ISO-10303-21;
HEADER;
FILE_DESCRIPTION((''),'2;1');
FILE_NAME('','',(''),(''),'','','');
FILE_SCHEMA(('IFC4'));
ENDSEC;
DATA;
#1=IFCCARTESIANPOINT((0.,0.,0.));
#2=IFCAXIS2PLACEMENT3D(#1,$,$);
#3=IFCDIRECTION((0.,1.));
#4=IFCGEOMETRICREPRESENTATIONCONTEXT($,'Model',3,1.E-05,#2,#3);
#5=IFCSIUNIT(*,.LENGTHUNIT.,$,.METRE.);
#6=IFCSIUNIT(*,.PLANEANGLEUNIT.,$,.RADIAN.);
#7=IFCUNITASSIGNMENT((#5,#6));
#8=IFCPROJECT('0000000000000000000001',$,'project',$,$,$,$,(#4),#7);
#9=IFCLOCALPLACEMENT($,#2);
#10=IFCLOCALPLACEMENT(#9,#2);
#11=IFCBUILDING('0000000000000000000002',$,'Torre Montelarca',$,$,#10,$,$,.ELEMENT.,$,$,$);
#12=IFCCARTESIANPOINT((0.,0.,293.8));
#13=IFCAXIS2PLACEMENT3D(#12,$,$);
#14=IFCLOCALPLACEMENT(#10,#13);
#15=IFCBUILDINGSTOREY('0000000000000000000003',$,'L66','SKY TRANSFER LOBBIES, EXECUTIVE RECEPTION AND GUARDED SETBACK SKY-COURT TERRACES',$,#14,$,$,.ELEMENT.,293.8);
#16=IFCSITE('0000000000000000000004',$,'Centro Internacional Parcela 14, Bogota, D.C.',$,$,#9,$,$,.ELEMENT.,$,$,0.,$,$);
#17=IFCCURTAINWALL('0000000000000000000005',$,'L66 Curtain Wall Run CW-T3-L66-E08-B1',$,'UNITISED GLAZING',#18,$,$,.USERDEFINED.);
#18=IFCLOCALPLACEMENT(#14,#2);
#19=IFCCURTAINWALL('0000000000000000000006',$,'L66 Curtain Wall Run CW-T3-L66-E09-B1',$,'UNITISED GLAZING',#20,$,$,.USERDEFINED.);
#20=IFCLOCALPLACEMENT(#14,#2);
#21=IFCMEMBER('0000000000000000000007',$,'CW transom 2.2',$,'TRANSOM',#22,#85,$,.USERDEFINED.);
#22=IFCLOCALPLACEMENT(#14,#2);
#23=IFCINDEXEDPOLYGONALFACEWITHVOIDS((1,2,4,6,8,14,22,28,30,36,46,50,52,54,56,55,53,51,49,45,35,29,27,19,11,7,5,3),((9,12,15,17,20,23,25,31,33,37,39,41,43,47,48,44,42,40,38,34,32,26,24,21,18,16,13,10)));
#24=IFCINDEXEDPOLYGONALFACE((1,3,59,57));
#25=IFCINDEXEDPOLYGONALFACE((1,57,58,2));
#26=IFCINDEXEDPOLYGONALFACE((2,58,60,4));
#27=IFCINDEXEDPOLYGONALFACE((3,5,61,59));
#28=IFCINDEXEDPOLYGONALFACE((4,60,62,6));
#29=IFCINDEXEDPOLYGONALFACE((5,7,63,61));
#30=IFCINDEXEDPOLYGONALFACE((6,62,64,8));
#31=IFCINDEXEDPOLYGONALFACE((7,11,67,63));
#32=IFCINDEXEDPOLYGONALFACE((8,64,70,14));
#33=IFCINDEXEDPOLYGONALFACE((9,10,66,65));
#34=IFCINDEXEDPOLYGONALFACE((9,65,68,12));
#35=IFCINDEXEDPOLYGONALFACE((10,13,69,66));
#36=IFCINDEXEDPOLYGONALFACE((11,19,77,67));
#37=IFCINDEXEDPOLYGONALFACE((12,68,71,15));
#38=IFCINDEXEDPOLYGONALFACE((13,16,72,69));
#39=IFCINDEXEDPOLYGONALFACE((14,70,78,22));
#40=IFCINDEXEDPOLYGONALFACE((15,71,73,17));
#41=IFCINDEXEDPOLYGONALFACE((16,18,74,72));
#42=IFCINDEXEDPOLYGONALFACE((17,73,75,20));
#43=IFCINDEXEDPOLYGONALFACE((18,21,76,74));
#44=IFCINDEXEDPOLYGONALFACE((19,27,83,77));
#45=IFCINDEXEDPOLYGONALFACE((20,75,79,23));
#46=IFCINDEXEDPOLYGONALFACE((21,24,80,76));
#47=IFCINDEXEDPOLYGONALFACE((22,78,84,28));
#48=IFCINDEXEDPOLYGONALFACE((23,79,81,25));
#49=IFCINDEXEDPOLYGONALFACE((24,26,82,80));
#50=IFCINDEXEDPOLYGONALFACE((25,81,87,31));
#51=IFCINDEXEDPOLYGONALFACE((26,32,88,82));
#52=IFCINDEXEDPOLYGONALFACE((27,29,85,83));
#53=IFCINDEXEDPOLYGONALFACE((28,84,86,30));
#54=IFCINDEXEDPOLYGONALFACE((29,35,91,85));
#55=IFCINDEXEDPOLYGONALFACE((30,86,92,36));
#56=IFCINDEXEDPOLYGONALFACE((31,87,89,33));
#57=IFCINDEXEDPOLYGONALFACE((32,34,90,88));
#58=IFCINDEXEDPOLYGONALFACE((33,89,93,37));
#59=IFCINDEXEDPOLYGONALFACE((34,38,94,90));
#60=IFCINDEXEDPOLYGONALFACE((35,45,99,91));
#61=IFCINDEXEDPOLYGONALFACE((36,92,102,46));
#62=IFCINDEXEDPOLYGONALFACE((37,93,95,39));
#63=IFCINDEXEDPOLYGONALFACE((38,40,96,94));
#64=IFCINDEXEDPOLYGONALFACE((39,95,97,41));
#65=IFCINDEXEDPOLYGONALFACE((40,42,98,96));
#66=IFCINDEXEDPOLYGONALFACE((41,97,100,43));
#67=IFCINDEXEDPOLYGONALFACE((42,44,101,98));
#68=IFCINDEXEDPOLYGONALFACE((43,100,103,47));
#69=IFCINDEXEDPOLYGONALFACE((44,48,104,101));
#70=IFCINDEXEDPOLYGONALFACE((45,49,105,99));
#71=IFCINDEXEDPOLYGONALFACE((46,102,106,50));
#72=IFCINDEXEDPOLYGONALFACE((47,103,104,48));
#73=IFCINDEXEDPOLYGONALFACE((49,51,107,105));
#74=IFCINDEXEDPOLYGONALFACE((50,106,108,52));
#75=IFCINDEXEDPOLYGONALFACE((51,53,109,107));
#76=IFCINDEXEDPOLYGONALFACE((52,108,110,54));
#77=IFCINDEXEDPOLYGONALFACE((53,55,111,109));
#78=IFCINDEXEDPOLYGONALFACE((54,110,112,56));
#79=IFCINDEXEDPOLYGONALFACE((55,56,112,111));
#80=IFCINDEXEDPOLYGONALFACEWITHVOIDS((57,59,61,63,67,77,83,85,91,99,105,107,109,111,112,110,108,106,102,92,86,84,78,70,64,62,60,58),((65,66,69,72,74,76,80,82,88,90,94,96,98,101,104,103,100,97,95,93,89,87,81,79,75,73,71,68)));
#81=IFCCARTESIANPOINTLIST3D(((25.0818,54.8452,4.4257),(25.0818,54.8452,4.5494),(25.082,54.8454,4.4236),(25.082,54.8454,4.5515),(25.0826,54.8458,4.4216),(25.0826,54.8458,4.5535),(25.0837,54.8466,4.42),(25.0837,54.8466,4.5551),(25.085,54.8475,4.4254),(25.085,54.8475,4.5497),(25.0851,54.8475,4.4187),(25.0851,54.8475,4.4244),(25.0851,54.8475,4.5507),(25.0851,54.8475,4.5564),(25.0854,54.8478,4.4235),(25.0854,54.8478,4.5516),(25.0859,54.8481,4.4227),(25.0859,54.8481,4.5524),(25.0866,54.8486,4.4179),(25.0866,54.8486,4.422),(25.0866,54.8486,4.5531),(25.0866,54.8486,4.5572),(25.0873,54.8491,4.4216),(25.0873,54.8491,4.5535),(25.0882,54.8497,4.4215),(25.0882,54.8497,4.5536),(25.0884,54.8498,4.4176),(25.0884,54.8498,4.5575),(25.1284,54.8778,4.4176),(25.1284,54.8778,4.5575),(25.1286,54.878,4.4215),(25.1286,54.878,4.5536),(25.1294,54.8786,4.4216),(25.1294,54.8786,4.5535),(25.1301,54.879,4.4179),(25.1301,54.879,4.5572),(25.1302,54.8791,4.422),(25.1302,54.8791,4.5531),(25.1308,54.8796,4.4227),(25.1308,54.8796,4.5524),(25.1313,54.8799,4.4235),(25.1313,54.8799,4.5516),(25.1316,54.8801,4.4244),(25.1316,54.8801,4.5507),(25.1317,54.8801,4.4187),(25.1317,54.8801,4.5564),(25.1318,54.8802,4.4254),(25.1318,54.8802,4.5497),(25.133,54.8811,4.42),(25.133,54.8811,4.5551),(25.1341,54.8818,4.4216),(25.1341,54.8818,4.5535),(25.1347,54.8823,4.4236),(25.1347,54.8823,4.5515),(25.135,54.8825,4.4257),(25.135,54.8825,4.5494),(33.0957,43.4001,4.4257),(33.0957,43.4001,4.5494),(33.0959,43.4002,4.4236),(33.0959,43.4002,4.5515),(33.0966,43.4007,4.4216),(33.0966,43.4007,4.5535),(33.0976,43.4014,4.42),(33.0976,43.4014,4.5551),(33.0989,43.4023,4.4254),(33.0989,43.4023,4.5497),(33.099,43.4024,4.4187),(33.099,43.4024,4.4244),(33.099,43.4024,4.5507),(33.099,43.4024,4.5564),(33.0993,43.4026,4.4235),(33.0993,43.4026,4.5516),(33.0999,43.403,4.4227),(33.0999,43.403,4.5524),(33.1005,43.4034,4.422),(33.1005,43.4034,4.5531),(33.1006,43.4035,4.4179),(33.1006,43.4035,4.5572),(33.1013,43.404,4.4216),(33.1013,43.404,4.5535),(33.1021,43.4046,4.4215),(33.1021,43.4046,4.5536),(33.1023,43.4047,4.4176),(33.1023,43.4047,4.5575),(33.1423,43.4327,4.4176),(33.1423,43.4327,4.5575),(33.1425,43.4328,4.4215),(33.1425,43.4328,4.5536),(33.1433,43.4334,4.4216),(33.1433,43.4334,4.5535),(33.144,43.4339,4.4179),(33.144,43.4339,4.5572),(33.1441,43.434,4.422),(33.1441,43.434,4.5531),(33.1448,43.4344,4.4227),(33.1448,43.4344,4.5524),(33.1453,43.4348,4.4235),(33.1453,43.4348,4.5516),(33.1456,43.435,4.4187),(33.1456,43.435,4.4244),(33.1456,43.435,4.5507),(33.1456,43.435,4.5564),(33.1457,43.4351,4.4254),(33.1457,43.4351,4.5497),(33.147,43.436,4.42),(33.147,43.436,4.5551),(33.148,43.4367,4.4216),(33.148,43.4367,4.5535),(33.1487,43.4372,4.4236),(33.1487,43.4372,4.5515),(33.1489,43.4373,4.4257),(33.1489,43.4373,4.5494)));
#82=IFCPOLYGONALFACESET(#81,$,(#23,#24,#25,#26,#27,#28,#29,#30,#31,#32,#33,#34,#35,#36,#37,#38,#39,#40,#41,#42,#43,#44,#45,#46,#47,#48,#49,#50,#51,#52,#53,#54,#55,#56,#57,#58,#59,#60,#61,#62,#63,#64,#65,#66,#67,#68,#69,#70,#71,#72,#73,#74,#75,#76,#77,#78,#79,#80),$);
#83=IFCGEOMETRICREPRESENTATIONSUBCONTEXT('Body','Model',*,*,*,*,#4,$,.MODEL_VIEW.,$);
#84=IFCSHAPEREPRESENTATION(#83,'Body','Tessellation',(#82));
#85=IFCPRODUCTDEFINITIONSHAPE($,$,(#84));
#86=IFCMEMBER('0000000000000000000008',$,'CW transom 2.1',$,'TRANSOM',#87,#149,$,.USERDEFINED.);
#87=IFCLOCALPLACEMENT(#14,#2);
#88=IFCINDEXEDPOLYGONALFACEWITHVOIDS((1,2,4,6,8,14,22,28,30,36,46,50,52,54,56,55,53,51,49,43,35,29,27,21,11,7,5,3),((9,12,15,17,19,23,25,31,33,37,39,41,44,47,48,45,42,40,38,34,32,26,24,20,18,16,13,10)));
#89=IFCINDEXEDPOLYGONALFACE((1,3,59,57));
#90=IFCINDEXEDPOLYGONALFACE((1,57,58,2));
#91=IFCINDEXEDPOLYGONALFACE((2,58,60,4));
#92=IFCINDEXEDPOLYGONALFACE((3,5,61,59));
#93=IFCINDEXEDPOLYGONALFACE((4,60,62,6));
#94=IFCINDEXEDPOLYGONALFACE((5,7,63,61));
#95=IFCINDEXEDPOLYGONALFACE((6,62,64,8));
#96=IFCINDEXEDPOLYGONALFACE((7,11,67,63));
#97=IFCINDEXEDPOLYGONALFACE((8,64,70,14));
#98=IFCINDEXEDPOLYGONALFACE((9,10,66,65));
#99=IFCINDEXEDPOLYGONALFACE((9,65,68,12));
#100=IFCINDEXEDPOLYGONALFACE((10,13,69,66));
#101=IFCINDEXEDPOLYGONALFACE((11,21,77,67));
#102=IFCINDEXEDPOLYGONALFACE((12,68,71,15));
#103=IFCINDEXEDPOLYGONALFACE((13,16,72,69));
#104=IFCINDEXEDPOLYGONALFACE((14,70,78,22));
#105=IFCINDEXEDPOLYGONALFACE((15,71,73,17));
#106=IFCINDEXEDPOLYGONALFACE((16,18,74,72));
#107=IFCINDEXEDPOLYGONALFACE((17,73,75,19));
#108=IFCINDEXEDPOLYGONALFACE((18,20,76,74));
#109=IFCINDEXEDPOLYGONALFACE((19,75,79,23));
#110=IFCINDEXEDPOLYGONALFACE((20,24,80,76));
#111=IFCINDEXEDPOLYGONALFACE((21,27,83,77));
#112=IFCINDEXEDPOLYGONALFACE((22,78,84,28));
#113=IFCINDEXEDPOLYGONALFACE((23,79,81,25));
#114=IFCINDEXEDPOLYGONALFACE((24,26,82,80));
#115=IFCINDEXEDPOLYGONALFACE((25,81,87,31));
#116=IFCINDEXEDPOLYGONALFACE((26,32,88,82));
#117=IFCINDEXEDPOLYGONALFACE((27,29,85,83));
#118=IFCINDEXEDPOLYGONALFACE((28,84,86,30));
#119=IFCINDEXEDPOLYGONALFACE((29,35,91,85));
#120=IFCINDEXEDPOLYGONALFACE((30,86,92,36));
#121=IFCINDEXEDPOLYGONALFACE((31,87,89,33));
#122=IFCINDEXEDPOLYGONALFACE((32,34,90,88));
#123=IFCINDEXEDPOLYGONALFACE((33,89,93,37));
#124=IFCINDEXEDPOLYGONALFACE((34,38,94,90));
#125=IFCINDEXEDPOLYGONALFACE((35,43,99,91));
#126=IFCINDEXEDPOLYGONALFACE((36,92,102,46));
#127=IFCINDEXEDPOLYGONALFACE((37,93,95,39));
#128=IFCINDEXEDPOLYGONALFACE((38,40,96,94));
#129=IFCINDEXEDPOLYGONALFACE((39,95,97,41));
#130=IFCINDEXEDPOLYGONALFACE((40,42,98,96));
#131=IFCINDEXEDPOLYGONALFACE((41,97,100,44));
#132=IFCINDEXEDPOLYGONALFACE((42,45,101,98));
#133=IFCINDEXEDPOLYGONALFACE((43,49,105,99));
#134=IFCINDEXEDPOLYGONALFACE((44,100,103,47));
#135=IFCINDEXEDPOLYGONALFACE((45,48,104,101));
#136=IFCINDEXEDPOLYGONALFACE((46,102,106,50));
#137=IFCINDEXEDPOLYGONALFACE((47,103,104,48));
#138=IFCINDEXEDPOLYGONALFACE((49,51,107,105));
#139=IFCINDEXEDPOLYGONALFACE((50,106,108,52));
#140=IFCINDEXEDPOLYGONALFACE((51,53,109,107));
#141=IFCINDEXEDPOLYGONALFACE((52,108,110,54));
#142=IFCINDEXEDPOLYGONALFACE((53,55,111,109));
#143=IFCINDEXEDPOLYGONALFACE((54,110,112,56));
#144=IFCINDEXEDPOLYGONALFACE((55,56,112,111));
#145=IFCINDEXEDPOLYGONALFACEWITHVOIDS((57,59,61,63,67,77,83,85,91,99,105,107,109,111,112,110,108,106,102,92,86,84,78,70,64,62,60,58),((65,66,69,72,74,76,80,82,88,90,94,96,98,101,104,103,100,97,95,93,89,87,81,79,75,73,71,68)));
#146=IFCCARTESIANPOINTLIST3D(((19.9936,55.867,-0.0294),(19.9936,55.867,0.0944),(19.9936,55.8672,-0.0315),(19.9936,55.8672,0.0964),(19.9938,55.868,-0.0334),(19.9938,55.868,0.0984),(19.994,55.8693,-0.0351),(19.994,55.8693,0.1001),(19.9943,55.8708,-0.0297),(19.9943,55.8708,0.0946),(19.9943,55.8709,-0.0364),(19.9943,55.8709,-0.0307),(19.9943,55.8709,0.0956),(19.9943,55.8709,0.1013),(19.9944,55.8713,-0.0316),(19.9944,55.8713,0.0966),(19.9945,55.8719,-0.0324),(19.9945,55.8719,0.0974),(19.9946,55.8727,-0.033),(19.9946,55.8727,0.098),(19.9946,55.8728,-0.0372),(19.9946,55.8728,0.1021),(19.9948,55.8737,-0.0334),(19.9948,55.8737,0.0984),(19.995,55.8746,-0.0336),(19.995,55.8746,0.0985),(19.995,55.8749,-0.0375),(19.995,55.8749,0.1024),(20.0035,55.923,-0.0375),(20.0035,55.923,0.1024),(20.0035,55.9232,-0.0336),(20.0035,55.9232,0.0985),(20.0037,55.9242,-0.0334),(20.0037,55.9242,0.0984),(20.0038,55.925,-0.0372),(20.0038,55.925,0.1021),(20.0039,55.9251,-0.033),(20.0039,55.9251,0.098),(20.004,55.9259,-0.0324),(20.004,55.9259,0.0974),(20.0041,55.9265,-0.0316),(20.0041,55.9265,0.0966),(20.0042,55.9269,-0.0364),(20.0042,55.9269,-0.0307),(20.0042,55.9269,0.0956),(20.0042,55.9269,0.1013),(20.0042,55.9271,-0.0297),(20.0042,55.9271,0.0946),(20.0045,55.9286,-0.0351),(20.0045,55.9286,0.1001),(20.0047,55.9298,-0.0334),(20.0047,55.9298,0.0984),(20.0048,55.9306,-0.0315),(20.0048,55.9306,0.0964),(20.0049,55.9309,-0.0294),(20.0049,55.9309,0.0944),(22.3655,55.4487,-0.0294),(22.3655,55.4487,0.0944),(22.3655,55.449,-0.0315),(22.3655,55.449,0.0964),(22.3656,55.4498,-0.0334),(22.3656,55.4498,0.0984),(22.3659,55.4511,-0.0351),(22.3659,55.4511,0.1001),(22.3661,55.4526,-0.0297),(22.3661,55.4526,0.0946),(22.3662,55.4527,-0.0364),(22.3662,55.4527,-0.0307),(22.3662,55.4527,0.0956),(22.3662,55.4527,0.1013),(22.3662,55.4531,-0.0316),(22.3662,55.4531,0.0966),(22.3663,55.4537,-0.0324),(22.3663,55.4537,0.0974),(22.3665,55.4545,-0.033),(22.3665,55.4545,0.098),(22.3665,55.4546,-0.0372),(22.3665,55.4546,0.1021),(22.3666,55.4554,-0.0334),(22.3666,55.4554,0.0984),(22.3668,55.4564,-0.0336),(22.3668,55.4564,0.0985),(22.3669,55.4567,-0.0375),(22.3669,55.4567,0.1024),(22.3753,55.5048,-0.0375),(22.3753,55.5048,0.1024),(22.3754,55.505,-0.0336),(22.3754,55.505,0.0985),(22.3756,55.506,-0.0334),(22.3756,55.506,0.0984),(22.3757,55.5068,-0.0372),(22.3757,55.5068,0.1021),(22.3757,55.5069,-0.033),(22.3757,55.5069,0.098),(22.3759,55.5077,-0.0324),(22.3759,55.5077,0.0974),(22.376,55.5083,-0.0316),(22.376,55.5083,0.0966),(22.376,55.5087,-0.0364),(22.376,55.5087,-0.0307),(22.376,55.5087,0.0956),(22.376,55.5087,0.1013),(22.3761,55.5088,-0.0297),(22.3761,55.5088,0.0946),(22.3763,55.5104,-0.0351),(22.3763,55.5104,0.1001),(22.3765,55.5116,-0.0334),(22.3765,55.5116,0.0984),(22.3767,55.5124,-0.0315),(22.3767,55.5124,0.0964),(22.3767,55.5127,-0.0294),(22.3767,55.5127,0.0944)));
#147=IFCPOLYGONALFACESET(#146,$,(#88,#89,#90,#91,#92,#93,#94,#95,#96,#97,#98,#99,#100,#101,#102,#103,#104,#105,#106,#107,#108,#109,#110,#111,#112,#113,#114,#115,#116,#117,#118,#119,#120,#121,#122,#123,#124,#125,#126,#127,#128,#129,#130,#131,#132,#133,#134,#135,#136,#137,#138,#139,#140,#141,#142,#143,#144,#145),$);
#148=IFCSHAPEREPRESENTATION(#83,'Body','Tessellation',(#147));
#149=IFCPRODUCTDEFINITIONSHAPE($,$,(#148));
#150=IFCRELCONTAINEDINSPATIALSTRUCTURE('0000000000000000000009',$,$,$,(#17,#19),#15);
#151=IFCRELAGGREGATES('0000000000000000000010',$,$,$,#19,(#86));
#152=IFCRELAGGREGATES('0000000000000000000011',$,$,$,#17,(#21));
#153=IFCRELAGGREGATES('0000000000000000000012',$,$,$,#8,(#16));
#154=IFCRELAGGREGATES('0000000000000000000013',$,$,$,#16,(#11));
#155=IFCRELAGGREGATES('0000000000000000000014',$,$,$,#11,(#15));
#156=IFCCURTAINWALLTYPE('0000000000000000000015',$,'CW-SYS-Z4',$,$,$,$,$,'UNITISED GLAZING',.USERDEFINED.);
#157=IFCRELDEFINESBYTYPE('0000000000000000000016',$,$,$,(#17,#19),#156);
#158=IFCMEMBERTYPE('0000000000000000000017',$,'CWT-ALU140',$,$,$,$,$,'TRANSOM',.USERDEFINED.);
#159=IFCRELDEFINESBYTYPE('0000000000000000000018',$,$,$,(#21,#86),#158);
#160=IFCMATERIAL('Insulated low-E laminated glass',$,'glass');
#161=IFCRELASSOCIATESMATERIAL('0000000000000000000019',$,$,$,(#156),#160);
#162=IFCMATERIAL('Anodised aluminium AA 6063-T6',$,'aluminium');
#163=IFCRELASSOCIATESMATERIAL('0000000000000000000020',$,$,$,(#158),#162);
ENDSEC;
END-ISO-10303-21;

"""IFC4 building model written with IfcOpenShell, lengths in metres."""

from ifc_helpers import new_model, si_unit, direction, frame, origin, origin_2d, place, context, subcontext, project, spatial, hollow_rectangle, extrude, source, transform, mapped, material, material_profile, profile_set, type_object, element, aggregate, save


model = new_model("IFC4")

# Units and contexts
model_context = context("Model", 3, precision=1e-05, world=origin(), true_north=direction((0.0, 1.0)))
body_context = subcontext(model_context, "Body", "Model", "MODEL_VIEW")
ifc_project = project(units=[si_unit("LENGTHUNIT", "METRE"), si_unit("PLANEANGLEUNIT", "RADIAN")], contexts=[model_context])

# Site, building, storey
site_placement = place(None, origin())
site = spatial("IfcSite", under=ifc_project, at=site_placement, Name="Centro Internacional Parcela 14, Bogota, D.C.", CompositionType="ELEMENT", RefElevation=0.0)
building_placement = place(site_placement, origin())
building = spatial("IfcBuilding", under=site, at=building_placement, Name="Torre Montelarca", CompositionType="ELEMENT")
storey_placement = place(building_placement, frame((0.0, 0.0, 293.8)))
storey = spatial("IfcBuildingStorey", under=building, at=storey_placement, Name="L66", Description="SKY TRANSFER LOBBIES, EXECUTIVE RECEPTION AND GUARDED SETBACK SKY-COURT TERRACES", CompositionType="ELEMENT", Elevation=293.8)

# Curtain walls
ifc_material_1 = material(Name="Insulated low-E laminated glass", Category="glass")
curtain_wall_type = type_object("IfcCurtainWallType", Name="CW-SYS-Z4", ElementType="UNITISED GLAZING", PredefinedType="USERDEFINED", material=ifc_material_1)
curtain_wall_1_placement = place(storey_placement, origin())
curtain_wall_1 = element("IfcCurtainWall", 1, at=curtain_wall_1_placement, inside=storey, type_object=curtain_wall_type, Name="L66 Curtain Wall Run CW-T3-L66-E08-B1", ObjectType="UNITISED GLAZING", PredefinedType="USERDEFINED")
ifc_material_2 = material(Name="Anodised aluminium AA 6063-T6", Category="aluminium")
curtain_wall_2_placement = place(storey_placement, origin())
curtain_wall_2 = element("IfcCurtainWall", 2, at=curtain_wall_2_placement, inside=storey, type_object=curtain_wall_type, Name="L66 Curtain Wall Run CW-T3-L66-E09-B1", ObjectType="UNITISED GLAZING", PredefinedType="USERDEFINED")

# Members
ifc_material_profile_1 = material_profile(ifc_material_2, hollow_rectangle(XDim=0.0649, YDim=0.1399, WallThickness=0.0039, InnerFilletRadius=0.0039, OuterFilletRadius=0.0081, at=origin_2d()), Name="ALU65X140X4", Category="aluminium")
ifc_profile_set_1 = profile_set([ifc_material_profile_1], Name="Anodised aluminium AA 6063-T6")
member_type_1 = type_object("IfcMemberType", Name="CWT-ALU140", ElementType="TRANSOM", PredefinedType="USERDEFINED", material=ifc_profile_set_1)
shared_shape_1 = source(origin(), body_context, "Body", "SweptSolid", [
    extrude(hollow_rectangle(XDim=0.0649, YDim=0.1399, WallThickness=0.0039, InnerFilletRadius=0.0039, OuterFilletRadius=0.0081, at=origin_2d()), origin(), (0.0, 0.0, 1.0), 13.9719),
])
member_1_placement = place(storey_placement, frame((33.1223, 43.4187, 4.4875), z_axis=(-0.573576, 0.819152, 0.0), x_axis=(-0.819152, -0.573576, 0.0)))
member_1 = element("IfcMember", 3, at=member_1_placement, type_object=member_type_1, Name="CW transom 2.2", ObjectType="TRANSOM", PredefinedType="USERDEFINED", context=body_context, shape_type="MappedRepresentation", body=[
    mapped(shared_shape_1, transform((0.0, 0.0, 0.0), scale=1.0)),
])
shared_shape_2 = source(origin(), body_context, "Body", "SweptSolid", [
    extrude(hollow_rectangle(XDim=0.0649, YDim=0.1399, WallThickness=0.0039, InnerFilletRadius=0.0039, OuterFilletRadius=0.0081, at=origin_2d()), origin(), (0.0, 0.0, 1.0), 2.4084),
])
member_2_placement = place(storey_placement, frame((22.3711, 55.4807, 0.0325), z_axis=(-0.984808, 0.173647, 0.0), x_axis=(-0.173647, -0.984808, 0.0)))
member_2 = element("IfcMember", 4, at=member_2_placement, type_object=member_type_1, Name="CW transom 2.1", ObjectType="TRANSOM", PredefinedType="USERDEFINED", context=body_context, shape_type="MappedRepresentation", body=[
    mapped(shared_shape_2, transform((0.0, 0.0, 0.0), scale=1.0)),
])

aggregate(curtain_wall_2, [member_2])
aggregate(curtain_wall_1, [member_1])

save(model, "model.ifc")
